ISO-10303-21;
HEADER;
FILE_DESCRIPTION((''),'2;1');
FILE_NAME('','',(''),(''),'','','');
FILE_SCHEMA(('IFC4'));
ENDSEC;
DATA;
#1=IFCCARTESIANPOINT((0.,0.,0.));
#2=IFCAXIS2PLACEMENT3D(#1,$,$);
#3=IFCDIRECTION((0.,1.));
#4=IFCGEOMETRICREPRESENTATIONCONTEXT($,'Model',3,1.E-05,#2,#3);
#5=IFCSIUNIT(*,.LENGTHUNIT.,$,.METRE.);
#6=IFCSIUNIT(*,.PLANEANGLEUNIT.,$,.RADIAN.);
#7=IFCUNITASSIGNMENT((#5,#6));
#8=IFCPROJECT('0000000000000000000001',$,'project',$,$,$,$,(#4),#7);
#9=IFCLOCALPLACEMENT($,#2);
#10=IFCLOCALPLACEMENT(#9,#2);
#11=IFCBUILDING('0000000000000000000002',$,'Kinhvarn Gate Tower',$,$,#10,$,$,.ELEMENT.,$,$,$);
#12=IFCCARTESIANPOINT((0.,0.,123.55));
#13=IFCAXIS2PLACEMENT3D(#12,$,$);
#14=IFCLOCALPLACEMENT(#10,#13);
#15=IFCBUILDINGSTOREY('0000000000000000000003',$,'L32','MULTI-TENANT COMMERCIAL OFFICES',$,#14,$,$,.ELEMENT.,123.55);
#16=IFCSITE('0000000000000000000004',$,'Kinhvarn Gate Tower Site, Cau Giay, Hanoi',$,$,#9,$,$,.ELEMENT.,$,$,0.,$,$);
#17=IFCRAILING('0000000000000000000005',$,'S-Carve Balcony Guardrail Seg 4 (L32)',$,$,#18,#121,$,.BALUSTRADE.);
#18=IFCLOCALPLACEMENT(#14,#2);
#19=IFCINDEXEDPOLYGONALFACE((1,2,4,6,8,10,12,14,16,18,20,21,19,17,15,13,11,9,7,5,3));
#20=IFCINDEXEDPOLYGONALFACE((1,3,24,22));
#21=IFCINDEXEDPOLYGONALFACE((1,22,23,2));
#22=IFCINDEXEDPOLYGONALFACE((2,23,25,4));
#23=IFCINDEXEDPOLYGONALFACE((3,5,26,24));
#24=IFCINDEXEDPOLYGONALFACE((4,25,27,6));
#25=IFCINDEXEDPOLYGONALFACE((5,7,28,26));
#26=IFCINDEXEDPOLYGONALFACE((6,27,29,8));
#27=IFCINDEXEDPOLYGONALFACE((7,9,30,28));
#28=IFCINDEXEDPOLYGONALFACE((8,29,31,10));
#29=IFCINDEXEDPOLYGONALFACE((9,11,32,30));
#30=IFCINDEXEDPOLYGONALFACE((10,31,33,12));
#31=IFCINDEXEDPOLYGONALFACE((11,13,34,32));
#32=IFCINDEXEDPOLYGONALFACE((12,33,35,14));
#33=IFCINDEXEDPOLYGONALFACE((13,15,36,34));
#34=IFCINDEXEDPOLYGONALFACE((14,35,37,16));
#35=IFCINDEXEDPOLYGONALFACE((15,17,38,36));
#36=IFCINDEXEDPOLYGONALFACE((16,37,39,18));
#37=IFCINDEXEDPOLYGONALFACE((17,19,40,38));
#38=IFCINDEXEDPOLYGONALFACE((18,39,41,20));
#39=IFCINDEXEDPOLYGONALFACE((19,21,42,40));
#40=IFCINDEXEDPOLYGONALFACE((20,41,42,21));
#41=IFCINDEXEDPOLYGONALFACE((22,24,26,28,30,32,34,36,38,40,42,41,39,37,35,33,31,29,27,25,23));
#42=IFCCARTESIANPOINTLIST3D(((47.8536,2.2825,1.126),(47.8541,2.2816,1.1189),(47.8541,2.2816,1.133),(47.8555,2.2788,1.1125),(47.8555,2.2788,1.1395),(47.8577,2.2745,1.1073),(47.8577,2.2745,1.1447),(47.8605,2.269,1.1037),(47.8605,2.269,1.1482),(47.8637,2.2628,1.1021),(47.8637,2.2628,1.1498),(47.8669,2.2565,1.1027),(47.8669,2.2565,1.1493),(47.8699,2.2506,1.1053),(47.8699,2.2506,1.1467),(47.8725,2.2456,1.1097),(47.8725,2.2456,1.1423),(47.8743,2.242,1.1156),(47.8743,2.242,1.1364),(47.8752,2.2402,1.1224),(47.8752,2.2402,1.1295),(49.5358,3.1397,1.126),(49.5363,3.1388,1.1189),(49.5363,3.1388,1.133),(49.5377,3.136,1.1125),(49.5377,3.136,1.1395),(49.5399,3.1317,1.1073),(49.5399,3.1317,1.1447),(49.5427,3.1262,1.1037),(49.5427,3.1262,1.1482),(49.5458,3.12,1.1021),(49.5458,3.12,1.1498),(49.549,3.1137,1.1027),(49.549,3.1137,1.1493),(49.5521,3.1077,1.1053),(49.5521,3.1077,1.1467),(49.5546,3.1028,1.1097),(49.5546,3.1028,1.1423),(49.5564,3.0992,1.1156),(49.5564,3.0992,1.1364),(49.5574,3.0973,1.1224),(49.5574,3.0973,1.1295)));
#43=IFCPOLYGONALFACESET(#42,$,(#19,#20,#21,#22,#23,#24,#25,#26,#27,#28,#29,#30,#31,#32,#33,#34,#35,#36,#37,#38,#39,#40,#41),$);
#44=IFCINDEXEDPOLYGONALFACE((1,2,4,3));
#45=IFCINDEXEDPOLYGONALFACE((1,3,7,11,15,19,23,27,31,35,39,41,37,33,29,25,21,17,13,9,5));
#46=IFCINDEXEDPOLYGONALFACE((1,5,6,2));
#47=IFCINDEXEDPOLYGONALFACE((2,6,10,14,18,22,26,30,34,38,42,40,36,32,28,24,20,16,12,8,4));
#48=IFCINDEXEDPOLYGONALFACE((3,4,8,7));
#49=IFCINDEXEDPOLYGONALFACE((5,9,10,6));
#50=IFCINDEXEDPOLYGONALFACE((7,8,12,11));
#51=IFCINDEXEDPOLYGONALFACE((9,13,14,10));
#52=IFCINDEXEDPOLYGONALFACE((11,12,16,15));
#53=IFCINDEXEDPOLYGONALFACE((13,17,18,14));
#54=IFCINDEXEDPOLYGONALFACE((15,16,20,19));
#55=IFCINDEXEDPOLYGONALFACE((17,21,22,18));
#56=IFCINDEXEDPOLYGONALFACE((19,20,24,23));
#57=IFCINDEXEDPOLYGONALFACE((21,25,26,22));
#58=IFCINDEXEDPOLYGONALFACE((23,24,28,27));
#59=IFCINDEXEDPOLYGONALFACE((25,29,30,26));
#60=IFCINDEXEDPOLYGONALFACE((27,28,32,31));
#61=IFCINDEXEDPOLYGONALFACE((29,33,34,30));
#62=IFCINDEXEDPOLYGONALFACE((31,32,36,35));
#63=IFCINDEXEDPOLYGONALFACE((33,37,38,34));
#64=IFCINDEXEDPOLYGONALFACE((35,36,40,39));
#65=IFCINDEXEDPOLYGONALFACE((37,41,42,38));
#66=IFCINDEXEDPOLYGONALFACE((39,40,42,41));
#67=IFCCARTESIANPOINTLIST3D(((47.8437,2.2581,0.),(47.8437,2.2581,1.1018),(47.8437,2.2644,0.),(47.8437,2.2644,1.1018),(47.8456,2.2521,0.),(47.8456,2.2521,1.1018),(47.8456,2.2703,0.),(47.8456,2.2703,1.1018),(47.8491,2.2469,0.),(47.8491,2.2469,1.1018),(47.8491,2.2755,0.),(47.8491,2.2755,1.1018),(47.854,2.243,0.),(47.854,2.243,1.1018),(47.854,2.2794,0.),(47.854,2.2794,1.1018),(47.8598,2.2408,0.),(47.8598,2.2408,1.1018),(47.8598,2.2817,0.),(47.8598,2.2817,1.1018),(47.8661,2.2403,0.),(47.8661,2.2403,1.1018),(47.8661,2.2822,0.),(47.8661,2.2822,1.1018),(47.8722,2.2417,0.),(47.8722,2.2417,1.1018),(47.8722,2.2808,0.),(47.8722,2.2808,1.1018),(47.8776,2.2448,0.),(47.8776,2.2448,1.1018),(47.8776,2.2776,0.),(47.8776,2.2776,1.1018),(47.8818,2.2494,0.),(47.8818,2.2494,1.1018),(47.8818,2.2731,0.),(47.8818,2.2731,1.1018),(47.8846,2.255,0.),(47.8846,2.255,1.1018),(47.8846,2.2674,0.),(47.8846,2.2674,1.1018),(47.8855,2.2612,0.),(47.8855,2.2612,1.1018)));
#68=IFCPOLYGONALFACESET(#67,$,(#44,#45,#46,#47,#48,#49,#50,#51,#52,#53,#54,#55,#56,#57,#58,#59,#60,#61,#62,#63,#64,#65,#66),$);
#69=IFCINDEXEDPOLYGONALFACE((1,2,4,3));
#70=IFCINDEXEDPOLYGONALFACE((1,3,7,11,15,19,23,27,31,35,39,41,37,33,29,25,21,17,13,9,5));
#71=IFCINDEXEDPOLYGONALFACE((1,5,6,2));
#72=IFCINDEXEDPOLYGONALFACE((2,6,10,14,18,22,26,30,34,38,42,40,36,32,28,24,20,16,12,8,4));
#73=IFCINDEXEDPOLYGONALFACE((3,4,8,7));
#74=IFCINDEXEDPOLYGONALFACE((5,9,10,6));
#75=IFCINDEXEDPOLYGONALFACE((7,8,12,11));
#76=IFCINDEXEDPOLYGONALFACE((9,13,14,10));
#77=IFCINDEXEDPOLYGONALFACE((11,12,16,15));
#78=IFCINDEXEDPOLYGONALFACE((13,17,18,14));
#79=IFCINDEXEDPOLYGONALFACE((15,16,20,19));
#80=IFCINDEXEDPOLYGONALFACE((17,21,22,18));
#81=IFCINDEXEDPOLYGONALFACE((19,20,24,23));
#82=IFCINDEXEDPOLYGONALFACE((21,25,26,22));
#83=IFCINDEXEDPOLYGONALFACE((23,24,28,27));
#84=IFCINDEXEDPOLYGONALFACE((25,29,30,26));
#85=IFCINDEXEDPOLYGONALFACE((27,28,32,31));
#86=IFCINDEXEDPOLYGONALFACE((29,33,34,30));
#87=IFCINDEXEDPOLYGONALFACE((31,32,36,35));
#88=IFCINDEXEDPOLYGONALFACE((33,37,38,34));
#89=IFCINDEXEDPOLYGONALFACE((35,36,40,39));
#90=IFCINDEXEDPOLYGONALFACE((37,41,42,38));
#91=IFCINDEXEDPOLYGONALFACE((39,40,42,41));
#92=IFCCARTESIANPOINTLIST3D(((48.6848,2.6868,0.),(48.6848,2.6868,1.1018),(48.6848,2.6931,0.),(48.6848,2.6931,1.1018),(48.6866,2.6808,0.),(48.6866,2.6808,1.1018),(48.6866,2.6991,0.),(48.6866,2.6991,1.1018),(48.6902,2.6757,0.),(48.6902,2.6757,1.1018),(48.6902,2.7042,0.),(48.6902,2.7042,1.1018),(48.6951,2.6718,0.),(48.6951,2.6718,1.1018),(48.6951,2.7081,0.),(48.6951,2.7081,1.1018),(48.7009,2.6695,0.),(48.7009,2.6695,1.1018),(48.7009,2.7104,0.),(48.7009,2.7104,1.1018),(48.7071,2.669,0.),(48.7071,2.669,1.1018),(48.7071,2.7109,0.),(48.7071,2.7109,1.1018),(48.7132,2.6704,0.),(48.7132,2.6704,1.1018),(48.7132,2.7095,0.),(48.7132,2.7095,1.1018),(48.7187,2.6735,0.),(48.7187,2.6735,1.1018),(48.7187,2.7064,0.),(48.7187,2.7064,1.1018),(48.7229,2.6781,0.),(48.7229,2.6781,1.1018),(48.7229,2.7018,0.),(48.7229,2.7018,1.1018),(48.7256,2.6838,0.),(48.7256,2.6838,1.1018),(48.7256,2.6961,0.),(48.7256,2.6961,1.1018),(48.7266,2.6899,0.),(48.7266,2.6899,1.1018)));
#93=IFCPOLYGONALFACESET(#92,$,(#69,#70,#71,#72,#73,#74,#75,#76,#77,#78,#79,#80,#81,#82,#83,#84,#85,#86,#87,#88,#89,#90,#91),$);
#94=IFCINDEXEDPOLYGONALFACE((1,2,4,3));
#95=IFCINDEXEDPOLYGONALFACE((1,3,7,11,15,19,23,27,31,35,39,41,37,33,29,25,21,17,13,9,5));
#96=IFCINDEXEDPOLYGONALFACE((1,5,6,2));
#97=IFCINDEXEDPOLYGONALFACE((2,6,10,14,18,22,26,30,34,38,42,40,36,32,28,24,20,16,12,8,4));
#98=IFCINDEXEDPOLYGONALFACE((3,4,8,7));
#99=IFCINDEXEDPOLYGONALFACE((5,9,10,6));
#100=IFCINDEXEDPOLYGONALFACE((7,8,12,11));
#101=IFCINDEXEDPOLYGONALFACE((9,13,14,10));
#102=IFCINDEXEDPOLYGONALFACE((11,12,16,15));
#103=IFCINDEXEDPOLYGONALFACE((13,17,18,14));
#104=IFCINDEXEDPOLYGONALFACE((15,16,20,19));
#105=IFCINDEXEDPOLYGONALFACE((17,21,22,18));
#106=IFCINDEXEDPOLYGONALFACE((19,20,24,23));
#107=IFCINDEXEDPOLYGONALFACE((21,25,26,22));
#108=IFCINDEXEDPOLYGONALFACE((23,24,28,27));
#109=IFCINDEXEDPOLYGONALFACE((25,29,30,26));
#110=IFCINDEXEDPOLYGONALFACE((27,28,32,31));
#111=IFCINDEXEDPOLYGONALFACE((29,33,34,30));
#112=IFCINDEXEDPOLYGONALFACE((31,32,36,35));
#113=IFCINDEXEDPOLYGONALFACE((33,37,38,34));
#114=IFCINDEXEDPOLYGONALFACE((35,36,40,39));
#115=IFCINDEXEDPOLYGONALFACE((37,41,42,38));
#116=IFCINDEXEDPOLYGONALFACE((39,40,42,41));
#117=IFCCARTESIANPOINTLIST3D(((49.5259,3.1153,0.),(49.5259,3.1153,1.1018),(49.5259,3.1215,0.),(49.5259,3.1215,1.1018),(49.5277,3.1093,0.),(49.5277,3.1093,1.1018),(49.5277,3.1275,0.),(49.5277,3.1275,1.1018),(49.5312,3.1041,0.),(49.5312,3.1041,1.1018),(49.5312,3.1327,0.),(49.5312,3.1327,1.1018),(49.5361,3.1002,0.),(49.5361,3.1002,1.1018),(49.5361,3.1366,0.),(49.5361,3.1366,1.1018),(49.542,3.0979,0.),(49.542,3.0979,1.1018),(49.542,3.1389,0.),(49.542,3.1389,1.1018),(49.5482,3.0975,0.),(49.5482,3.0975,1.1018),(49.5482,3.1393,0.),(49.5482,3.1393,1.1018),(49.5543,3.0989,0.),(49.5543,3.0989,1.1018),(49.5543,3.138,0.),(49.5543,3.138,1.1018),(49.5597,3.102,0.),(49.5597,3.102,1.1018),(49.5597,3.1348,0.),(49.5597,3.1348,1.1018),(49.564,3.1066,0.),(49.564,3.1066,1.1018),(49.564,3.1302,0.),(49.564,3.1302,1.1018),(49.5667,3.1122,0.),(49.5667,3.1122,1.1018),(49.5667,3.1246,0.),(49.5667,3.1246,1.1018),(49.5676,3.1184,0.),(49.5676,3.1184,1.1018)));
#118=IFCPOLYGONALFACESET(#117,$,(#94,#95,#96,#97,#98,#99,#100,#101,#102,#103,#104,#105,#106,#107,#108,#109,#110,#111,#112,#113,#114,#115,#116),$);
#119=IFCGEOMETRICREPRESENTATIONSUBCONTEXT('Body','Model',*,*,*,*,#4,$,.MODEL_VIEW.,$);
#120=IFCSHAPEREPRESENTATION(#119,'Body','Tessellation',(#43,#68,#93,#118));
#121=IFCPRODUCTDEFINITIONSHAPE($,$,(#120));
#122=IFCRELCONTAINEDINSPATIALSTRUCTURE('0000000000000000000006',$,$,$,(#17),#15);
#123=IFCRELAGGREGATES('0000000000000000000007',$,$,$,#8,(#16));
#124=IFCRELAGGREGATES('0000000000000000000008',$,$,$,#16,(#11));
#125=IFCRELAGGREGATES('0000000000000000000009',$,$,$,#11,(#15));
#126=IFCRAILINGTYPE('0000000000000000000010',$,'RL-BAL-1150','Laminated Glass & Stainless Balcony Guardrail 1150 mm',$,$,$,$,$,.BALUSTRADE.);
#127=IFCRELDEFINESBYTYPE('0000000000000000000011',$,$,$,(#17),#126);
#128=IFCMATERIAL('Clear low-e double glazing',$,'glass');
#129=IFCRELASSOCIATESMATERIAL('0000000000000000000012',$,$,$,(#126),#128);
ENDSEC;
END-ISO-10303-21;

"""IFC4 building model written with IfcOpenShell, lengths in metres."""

from ifc_helpers import new_model, si_unit, direction, frame, origin, origin_2d, place, context, subcontext, project, spatial, circle, extrude, material, type_object, element, save


model = new_model("IFC4")

# Units and contexts
model_context = context("Model", 3, precision=1e-05, world=origin(), true_north=direction((0.0, 1.0)))
body_context = subcontext(model_context, "Body", "Model", "MODEL_VIEW")
ifc_project = project(units=[si_unit("LENGTHUNIT", "METRE"), si_unit("PLANEANGLEUNIT", "RADIAN")], contexts=[model_context])

# Site, building, storey
site_placement = place(None, origin())
site = spatial("IfcSite", under=ifc_project, at=site_placement, Name="Kinhvarn Gate Tower Site, Cau Giay, Hanoi", CompositionType="ELEMENT", RefElevation=0.0)
building_placement = place(site_placement, origin())
building = spatial("IfcBuilding", under=site, at=building_placement, Name="Kinhvarn Gate Tower", CompositionType="ELEMENT")
storey_placement = place(building_placement, frame((0.0, 0.0, 123.55)))
storey = spatial("IfcBuildingStorey", under=building, at=storey_placement, Name="L32", Description="MULTI-TENANT COMMERCIAL OFFICES", CompositionType="ELEMENT", Elevation=123.55)

# Shared definitions
ifc_material_1 = material(Name="Clear low-e double glazing", Category="glass")

# Railing
railing_type = type_object("IfcRailingType", Name="RL-BAL-1150", Description="Laminated Glass & Stainless Balcony Guardrail 1150 mm", PredefinedType="BALUSTRADE", material=ifc_material_1)
railing_1_placement = place(storey_placement, frame((47.8645, 2.2612, 0.0)))
element("IfcRailing", 1, at=railing_1_placement, inside=storey, type_object=railing_type, Name="S-Carve Balcony Guardrail Seg 4 (L32)", PredefinedType="BALUSTRADE", context=body_context, shape_type="SweptSolid", body=[
    extrude(circle(Radius=0.0239, at=origin_2d()), frame((0.0, 0.0, 1.126), z_axis=(0.890987, 0.454028, 0.0), x_axis=(-0.454028, 0.890987, 0.0)), (0.0, 0.0, 1.0), 1.8879),
    extrude(circle(Radius=0.021, at=origin_2d()), origin(), (0.0, 0.0, 1.0), 1.1018),
    extrude(circle(Radius=0.021, at=origin_2d()), frame((0.8411, 0.4287, 0.0)), (0.0, 0.0, 1.0), 1.1018),
    extrude(circle(Radius=0.021, at=origin_2d()), frame((1.6821, 0.8572, 0.0)), (0.0, 0.0, 1.0), 1.1018),
])

save(model, "model.ifc")
